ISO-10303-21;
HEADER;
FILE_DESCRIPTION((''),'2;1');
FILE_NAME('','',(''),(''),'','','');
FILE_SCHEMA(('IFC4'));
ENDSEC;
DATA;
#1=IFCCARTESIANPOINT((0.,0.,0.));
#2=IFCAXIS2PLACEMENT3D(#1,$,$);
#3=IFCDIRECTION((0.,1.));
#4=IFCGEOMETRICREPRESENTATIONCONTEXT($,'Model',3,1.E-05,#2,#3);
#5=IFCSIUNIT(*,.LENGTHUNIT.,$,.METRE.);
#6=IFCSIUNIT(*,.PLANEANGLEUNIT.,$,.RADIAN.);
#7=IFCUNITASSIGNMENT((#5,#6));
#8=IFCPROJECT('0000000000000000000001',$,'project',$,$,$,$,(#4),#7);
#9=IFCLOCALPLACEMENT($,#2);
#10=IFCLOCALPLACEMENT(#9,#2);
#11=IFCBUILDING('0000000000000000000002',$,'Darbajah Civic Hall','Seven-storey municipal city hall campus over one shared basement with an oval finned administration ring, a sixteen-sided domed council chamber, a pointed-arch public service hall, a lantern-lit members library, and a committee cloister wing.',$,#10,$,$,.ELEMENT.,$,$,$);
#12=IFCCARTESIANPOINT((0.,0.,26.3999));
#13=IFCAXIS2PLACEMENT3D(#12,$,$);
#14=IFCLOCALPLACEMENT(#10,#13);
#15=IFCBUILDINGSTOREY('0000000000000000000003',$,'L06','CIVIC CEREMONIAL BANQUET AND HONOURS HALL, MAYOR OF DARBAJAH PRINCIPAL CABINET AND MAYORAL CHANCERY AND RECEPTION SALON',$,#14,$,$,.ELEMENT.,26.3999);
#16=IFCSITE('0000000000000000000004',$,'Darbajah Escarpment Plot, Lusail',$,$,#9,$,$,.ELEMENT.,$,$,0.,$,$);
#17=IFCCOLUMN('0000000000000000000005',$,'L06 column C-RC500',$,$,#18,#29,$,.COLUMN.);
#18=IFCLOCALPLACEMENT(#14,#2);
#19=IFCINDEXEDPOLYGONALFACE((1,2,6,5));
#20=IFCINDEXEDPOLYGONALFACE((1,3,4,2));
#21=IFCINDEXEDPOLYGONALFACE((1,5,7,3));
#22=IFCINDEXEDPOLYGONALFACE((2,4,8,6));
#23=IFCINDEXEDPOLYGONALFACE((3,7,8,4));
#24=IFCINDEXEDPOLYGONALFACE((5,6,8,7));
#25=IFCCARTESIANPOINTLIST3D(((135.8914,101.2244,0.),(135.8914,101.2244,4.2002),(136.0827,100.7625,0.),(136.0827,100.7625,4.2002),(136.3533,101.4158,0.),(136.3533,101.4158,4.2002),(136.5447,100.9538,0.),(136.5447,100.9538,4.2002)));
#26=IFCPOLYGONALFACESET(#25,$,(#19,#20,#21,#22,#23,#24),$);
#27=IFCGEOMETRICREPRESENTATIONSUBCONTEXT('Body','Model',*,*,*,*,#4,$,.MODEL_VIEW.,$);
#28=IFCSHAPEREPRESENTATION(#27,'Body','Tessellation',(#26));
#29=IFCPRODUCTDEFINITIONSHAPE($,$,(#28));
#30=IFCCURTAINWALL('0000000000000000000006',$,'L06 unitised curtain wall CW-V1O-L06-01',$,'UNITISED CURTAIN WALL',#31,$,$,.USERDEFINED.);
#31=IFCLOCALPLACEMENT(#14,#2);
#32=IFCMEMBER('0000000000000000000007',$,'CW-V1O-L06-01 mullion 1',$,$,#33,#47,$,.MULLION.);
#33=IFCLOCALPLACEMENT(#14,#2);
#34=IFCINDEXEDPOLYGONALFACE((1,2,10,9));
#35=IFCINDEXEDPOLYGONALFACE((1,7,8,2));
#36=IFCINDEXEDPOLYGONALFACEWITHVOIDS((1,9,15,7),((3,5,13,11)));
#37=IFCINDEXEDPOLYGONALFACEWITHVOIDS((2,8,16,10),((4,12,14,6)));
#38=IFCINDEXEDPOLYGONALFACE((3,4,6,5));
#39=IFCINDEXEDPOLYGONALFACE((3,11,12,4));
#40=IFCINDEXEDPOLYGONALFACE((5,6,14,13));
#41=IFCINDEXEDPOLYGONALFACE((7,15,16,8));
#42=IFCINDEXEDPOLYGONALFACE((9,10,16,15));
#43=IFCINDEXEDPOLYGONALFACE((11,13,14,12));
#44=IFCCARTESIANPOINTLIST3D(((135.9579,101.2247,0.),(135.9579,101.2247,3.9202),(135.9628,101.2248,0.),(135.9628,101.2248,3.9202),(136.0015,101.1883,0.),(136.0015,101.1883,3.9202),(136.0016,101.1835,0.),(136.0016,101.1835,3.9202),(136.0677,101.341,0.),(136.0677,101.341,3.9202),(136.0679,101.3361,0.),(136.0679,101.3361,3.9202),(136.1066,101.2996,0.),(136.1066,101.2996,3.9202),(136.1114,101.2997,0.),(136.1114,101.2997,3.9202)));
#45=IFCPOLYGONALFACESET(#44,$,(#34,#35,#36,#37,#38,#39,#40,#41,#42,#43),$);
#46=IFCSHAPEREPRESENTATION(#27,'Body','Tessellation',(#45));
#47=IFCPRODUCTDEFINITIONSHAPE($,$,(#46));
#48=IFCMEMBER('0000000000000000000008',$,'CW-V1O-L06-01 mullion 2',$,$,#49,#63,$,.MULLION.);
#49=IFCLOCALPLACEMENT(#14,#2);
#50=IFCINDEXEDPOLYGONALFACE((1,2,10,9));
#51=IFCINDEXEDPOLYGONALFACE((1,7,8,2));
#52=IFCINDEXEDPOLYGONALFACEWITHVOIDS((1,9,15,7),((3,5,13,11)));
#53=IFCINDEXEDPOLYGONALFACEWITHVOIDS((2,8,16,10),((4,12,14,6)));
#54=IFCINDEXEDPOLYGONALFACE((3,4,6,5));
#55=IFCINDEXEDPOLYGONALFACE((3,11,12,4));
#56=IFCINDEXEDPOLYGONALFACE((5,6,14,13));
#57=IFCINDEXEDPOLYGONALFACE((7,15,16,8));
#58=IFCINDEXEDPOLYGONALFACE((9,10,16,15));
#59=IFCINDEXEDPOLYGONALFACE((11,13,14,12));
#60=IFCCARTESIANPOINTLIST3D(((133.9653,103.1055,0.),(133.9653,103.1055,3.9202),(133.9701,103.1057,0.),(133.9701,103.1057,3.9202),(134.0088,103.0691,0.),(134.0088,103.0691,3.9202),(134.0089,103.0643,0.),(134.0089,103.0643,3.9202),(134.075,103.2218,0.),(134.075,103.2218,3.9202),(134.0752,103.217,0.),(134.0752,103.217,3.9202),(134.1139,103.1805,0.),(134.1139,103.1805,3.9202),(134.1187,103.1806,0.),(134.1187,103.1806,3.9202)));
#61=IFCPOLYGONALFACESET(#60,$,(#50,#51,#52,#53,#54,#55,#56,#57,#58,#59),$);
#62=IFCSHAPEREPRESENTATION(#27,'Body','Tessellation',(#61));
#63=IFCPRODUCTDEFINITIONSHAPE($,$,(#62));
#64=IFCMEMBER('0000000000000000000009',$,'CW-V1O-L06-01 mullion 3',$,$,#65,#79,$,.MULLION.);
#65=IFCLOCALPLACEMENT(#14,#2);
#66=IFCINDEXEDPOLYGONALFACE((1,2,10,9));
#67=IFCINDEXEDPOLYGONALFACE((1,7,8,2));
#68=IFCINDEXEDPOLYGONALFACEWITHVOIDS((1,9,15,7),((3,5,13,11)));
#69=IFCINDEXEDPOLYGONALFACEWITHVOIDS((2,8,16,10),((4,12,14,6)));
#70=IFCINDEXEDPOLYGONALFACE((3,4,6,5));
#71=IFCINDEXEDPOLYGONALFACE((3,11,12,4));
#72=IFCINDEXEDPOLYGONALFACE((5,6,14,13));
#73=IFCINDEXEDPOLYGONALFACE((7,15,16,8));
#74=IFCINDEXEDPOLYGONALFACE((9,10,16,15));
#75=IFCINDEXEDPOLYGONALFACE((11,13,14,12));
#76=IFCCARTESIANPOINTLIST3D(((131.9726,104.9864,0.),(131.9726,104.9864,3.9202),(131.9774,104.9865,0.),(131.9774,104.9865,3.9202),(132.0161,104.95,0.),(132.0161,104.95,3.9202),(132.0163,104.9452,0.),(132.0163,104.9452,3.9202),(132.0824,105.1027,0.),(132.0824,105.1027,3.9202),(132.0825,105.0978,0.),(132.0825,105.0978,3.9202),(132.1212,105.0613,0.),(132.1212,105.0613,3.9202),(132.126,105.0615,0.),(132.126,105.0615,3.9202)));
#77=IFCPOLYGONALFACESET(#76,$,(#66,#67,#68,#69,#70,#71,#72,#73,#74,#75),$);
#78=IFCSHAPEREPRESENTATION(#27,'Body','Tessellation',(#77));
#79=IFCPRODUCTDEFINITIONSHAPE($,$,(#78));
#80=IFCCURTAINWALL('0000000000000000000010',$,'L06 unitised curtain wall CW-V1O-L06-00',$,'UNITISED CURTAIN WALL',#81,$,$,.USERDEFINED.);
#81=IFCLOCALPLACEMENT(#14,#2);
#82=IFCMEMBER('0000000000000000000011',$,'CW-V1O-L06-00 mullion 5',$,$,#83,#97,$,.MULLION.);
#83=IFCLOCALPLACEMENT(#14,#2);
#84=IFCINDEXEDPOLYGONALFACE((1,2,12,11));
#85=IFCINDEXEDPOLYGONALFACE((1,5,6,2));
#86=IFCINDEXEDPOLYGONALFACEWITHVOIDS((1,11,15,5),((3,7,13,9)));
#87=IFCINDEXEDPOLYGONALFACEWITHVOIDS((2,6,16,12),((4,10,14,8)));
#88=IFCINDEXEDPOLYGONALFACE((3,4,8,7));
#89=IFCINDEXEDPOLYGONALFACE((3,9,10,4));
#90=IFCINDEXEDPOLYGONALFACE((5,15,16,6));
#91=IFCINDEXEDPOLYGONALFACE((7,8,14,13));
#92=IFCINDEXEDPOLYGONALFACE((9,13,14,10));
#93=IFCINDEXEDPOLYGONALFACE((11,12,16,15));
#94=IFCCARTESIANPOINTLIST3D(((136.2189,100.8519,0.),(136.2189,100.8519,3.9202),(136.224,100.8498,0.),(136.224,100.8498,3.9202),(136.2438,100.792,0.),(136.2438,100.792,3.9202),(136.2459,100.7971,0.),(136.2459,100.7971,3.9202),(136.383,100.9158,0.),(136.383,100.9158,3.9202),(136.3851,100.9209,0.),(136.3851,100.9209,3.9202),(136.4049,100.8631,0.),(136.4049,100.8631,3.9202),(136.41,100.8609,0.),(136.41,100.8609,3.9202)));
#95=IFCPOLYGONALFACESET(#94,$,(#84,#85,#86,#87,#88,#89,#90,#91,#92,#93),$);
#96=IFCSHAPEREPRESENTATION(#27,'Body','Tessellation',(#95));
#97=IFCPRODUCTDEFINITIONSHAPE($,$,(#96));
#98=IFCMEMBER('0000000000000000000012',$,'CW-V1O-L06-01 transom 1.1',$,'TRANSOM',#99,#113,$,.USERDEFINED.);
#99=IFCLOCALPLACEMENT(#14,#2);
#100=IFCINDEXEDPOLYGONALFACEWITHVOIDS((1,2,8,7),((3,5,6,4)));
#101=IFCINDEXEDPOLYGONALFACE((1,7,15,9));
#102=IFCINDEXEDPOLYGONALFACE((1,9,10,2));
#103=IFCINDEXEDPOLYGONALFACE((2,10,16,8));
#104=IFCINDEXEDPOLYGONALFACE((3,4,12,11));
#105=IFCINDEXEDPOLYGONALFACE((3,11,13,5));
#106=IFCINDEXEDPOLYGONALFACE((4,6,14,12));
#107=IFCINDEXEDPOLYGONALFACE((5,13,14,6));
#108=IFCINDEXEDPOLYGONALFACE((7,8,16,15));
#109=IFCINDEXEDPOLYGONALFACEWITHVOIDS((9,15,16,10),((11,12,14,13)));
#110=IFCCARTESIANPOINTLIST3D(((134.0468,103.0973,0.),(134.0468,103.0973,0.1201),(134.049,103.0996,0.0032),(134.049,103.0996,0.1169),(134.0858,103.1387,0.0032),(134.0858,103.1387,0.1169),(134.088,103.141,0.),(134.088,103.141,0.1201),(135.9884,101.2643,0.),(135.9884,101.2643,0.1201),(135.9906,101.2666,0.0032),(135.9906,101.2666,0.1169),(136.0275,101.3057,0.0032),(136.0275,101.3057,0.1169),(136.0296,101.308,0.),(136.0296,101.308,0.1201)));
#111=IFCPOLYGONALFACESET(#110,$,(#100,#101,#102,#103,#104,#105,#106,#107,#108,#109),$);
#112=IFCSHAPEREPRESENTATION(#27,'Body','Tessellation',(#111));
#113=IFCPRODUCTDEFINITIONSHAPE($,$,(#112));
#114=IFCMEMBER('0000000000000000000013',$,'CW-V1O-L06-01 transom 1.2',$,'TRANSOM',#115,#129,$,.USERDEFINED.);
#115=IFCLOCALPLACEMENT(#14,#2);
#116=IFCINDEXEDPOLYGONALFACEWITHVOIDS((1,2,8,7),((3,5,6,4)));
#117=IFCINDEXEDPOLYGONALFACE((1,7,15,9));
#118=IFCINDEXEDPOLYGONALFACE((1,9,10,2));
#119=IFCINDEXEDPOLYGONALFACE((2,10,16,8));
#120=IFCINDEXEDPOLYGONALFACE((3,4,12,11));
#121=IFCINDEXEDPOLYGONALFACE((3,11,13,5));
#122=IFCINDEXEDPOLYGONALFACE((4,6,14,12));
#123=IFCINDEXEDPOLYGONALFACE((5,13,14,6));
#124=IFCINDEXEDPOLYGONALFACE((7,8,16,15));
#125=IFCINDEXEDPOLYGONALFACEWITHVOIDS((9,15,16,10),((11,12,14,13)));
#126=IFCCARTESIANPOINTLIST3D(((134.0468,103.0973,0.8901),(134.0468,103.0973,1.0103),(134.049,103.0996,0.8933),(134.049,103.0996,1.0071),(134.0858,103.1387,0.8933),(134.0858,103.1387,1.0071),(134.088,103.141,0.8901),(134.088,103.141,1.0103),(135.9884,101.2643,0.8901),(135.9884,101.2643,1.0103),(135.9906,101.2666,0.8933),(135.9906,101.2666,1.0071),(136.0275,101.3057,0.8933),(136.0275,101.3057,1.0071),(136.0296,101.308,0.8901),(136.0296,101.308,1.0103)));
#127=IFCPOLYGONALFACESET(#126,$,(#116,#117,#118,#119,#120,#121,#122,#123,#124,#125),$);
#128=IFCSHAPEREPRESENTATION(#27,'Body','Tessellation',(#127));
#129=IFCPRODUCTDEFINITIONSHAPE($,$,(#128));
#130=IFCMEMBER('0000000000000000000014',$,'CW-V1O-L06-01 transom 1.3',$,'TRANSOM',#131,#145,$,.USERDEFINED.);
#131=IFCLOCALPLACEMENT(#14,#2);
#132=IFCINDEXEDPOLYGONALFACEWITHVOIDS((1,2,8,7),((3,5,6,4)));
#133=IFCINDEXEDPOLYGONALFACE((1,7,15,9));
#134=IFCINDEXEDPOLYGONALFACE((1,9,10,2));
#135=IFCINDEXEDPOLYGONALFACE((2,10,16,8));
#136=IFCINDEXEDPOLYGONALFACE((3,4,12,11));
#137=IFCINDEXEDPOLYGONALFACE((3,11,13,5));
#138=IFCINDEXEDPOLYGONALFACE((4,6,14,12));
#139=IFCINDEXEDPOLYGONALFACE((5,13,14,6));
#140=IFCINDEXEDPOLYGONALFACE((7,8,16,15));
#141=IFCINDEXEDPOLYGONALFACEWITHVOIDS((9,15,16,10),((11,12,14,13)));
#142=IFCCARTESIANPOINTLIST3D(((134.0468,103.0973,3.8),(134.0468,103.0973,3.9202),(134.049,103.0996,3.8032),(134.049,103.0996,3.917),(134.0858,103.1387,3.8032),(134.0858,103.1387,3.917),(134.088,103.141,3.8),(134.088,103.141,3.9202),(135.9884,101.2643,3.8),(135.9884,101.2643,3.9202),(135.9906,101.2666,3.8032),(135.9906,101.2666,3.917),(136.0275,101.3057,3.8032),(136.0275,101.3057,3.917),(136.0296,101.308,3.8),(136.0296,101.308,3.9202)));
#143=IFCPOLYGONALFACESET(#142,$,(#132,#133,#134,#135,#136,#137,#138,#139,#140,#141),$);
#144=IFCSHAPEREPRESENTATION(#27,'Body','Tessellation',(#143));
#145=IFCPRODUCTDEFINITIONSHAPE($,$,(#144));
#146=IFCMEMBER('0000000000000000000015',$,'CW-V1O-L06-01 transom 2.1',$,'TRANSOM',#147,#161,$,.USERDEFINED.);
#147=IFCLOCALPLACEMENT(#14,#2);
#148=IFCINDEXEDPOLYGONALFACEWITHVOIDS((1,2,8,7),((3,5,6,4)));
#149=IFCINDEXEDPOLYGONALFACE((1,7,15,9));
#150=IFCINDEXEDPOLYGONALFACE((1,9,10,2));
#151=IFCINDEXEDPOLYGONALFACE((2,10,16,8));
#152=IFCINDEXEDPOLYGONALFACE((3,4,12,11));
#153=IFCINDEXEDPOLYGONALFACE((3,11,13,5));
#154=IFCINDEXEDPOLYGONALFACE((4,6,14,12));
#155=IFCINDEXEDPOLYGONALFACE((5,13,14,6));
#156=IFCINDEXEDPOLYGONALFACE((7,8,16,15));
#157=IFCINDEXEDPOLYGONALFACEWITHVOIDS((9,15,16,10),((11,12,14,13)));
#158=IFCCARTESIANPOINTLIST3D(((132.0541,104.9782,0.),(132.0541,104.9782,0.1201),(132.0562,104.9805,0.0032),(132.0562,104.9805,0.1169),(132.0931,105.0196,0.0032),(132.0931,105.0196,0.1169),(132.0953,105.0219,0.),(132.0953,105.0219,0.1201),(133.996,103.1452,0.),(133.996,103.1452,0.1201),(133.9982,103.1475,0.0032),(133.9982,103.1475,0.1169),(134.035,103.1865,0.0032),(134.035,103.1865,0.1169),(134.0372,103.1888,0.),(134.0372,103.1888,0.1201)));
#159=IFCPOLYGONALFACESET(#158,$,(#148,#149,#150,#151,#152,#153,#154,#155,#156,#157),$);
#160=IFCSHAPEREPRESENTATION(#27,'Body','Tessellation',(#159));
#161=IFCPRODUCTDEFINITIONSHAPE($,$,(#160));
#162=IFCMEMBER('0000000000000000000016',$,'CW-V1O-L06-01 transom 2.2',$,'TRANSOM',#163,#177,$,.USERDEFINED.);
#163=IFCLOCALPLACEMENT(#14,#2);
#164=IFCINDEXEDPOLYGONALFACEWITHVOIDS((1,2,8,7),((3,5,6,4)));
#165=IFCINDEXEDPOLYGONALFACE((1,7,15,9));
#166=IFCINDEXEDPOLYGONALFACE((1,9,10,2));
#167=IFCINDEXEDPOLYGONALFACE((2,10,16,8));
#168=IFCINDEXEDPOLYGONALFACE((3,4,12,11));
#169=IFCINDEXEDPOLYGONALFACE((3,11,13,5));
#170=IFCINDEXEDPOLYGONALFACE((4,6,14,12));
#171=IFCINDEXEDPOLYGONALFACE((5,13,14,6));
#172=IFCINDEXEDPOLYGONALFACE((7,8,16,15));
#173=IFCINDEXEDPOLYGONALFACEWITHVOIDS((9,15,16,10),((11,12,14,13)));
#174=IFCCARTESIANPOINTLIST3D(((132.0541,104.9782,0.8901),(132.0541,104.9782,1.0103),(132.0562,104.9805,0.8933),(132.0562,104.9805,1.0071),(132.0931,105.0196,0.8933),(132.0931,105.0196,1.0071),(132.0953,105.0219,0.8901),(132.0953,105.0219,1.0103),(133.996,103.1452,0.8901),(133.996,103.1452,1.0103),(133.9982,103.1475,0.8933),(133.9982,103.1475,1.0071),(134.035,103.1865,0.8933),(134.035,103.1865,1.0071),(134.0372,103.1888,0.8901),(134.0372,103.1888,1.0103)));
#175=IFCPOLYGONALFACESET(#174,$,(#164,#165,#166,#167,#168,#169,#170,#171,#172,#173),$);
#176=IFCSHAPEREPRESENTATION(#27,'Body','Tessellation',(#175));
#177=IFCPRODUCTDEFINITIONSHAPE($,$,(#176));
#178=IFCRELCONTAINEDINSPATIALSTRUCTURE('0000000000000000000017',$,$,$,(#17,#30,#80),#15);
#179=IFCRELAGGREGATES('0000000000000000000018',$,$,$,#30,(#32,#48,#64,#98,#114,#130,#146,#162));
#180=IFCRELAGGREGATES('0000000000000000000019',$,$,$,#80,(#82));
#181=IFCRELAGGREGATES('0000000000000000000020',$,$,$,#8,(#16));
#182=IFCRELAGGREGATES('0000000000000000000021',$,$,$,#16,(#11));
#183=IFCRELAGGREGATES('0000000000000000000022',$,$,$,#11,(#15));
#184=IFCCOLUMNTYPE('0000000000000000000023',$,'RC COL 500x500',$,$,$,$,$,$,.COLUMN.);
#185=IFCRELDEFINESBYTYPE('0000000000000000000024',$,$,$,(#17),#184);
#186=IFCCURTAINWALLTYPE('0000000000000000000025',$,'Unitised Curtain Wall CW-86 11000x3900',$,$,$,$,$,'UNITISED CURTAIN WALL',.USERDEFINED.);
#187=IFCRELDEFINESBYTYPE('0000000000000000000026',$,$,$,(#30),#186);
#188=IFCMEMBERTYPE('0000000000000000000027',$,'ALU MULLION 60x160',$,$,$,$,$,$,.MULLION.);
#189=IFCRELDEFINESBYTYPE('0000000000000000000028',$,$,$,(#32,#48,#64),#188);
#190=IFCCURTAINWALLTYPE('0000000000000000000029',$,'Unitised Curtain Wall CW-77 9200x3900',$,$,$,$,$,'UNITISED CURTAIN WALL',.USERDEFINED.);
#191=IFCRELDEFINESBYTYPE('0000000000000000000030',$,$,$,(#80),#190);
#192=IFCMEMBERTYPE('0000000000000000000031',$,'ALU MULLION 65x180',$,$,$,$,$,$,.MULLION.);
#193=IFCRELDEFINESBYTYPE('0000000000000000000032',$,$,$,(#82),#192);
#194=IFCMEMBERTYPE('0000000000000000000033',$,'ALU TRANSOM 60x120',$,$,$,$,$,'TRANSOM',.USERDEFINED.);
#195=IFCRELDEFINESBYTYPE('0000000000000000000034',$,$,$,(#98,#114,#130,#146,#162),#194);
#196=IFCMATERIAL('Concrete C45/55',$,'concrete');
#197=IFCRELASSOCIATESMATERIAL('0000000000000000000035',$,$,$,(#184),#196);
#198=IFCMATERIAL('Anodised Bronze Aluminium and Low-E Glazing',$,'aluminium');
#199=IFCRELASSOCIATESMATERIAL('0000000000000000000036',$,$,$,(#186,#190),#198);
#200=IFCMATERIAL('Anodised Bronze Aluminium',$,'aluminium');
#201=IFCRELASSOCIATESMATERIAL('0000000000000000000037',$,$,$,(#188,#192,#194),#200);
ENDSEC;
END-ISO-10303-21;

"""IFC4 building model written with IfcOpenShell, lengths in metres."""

from ifc_helpers import new_model, si_unit, direction, frame, origin, origin_2d, place, context, subcontext, project, spatial, rectangle, hollow_rectangle, extrude, material, material_profile, profile_set, type_object, element, aggregate, save


model = new_model("IFC4")

# Units and contexts
model_context = context("Model", 3, precision=1e-05, world=origin(), true_north=direction((0.0, 1.0)))
body_context = subcontext(model_context, "Body", "Model", "MODEL_VIEW")
ifc_project = project(units=[si_unit("LENGTHUNIT", "METRE"), si_unit("PLANEANGLEUNIT", "RADIAN")], contexts=[model_context])

# Site, building, storey
site_placement = place(None, origin())
site = spatial("IfcSite", under=ifc_project, at=site_placement, Name="Darbajah Escarpment Plot, Lusail", CompositionType="ELEMENT", RefElevation=0.0)
building_placement = place(site_placement, origin())
building = spatial("IfcBuilding", under=site, at=building_placement, Name="Darbajah Civic Hall", Description="Seven-storey municipal city hall campus over one shared basement with an oval finned administration ring, a sixteen-sided domed council chamber, a pointed-arch public service hall, a lantern-lit members library, and a committee cloister wing.", CompositionType="ELEMENT")
storey_placement = place(building_placement, frame((0.0, 0.0, 26.3999)))
storey = spatial("IfcBuildingStorey", under=building, at=storey_placement, Name="L06", Description="CIVIC CEREMONIAL BANQUET AND HONOURS HALL, MAYOR OF DARBAJAH PRINCIPAL CABINET AND MAYORAL CHANCERY AND RECEPTION SALON", CompositionType="ELEMENT", Elevation=26.3999)

# Column
ifc_material_1 = material(Name="Concrete C45/55", Category="concrete")
ifc_material_profile_1 = material_profile(ifc_material_1, rectangle(XDim=0.5, YDim=0.5, at=origin_2d()), Name="RC COL 500x500")
ifc_profile_set_1 = profile_set([ifc_material_profile_1], Name="Concrete C45/55")
column_type = type_object("IfcColumnType", Name="RC COL 500x500", PredefinedType="COLUMN", material=ifc_profile_set_1)
column_placement = place(storey_placement, frame((136.218, 101.0891, 0.0), z_axis=(0.0, 0.0, 1.0), x_axis=(0.92388, 0.382683, 0.0)))
element("IfcColumn", 1, at=column_placement, inside=storey, type_object=column_type, Name="L06 column C-RC500", PredefinedType="COLUMN", context=body_context, shape_type="SweptSolid", body=[
    extrude(rectangle(XDim=0.5, YDim=0.5, at=origin_2d()), origin(), (0.0, 0.0, 1.0), 4.2002),
])

# Curtain wall, members
ifc_material_2 = material(Name="Anodised Bronze Aluminium and Low-E Glazing", Category="aluminium")
curtain_wall_type_1 = type_object("IfcCurtainWallType", Name="Unitised Curtain Wall CW-86 11000x3900", ElementType="UNITISED CURTAIN WALL", PredefinedType="USERDEFINED", material=ifc_material_2)
curtain_wall_1_placement = place(storey_placement, origin())
curtain_wall_1 = element("IfcCurtainWall", 2, at=curtain_wall_1_placement, inside=storey, type_object=curtain_wall_type_1, Name="L06 unitised curtain wall CW-V1O-L06-01", ObjectType="UNITISED CURTAIN WALL", PredefinedType="USERDEFINED")
ifc_material_3 = material(Name="Anodised Bronze Aluminium", Category="aluminium")
ifc_material_profile_2 = material_profile(ifc_material_3, hollow_rectangle(XDim=0.0601, YDim=0.1599, WallThickness=0.0034, at=origin_2d()), Name="ALU MULLION 60x160")
ifc_profile_set_2 = profile_set([ifc_material_profile_2], Name="Anodised Bronze Aluminium")
member_type_1 = type_object("IfcMemberType", Name="ALU MULLION 60x160", PredefinedType="MULLION", material=ifc_profile_set_2)
member_1_placement = place(storey_placement, frame((136.0347, 101.2622, 0.0), z_axis=(0.0, 0.0, 1.0), x_axis=(-0.727174, 0.686453, 0.0)))
member_1 = element("IfcMember", 3, at=member_1_placement, type_object=member_type_1, Name="CW-V1O-L06-01 mullion 1", PredefinedType="MULLION", context=body_context, shape_type="SweptSolid", body=[
    extrude(hollow_rectangle(XDim=0.0601, YDim=0.1599, WallThickness=0.0034, at=origin_2d()), origin(), (0.0, 0.0, 1.0), 3.9202),
])
member_2_placement = place(storey_placement, frame((134.042, 103.1431, 0.0), z_axis=(0.0, 0.0, 1.0), x_axis=(-0.727174, 0.686453, 0.0)))
member_2 = element("IfcMember", 4, at=member_2_placement, type_object=member_type_1, Name="CW-V1O-L06-01 mullion 2", PredefinedType="MULLION", context=body_context, shape_type="SweptSolid", body=[
    extrude(hollow_rectangle(XDim=0.0601, YDim=0.1599, WallThickness=0.0034, at=origin_2d()), origin(), (0.0, 0.0, 1.0), 3.9202),
])
member_3_placement = place(storey_placement, frame((132.0493, 105.0239, 0.0), z_axis=(0.0, 0.0, 1.0), x_axis=(-0.727174, 0.686453, 0.0)))
member_3 = element("IfcMember", 5, at=member_3_placement, type_object=member_type_1, Name="CW-V1O-L06-01 mullion 3", PredefinedType="MULLION", context=body_context, shape_type="SweptSolid", body=[
    extrude(hollow_rectangle(XDim=0.0601, YDim=0.1599, WallThickness=0.0034, at=origin_2d()), origin(), (0.0, 0.0, 1.0), 3.9202),
])

# Curtain wall, member
curtain_wall_type_2 = type_object("IfcCurtainWallType", Name="Unitised Curtain Wall CW-77 9200x3900", ElementType="UNITISED CURTAIN WALL", PredefinedType="USERDEFINED", material=ifc_material_2)
curtain_wall_2_placement = place(storey_placement, origin())
curtain_wall_2 = element("IfcCurtainWall", 6, at=curtain_wall_2_placement, inside=storey, type_object=curtain_wall_type_2, Name="L06 unitised curtain wall CW-V1O-L06-00", ObjectType="UNITISED CURTAIN WALL", PredefinedType="USERDEFINED")
ifc_material_profile_3 = material_profile(ifc_material_3, hollow_rectangle(XDim=0.0649, YDim=0.1799, WallThickness=0.0039, at=origin_2d()), Name="ALU MULLION 65x180")
ifc_profile_set_3 = profile_set([ifc_material_profile_3], Name="Anodised Bronze Aluminium")
member_type_2 = type_object("IfcMemberType", Name="ALU MULLION 65x180", PredefinedType="MULLION", material=ifc_profile_set_3)
member_4_placement = place(storey_placement, frame((136.3145, 100.8564, 0.0), z_axis=(0.0, 0.0, 1.0), x_axis=(-0.383328, 0.923612, 0.0)))
member_4 = element("IfcMember", 7, at=member_4_placement, type_object=member_type_2, Name="CW-V1O-L06-00 mullion 5", PredefinedType="MULLION", context=body_context, shape_type="SweptSolid", body=[
    extrude(hollow_rectangle(XDim=0.0649, YDim=0.1799, WallThickness=0.0039, at=origin_2d()), origin(), (0.0, 0.0, 1.0), 3.9202),
])

# Members
ifc_material_profile_4 = material_profile(ifc_material_3, hollow_rectangle(XDim=0.0601, YDim=0.1201, WallThickness=0.0032, at=origin_2d()), Name="ALU TRANSOM 60x120")
ifc_profile_set_4 = profile_set([ifc_material_profile_4], Name="Anodised Bronze Aluminium")
member_type_3 = type_object("IfcMemberType", Name="ALU TRANSOM 60x120", ElementType="TRANSOM", PredefinedType="USERDEFINED", material=ifc_profile_set_4)
member_5_placement = place(storey_placement, frame((136.009, 101.2861, 0.0601), z_axis=(-0.727158, 0.68647, 0.0), x_axis=(-0.68647, -0.727158, 0.0)))
member_5 = element("IfcMember", 8, at=member_5_placement, type_object=member_type_3, Name="CW-V1O-L06-01 transom 1.1", ObjectType="TRANSOM", PredefinedType="USERDEFINED", context=body_context, shape_type="SweptSolid", body=[
    extrude(hollow_rectangle(XDim=0.0601, YDim=0.1201, WallThickness=0.0032, at=origin_2d()), origin(), (0.0, 0.0, 1.0), 2.6702),
])
member_6_placement = place(storey_placement, frame((136.009, 101.2861, 0.9502), z_axis=(-0.727158, 0.68647, 0.0), x_axis=(-0.68647, -0.727158, 0.0)))
member_6 = element("IfcMember", 9, at=member_6_placement, type_object=member_type_3, Name="CW-V1O-L06-01 transom 1.2", ObjectType="TRANSOM", PredefinedType="USERDEFINED", context=body_context, shape_type="SweptSolid", body=[
    extrude(hollow_rectangle(XDim=0.0601, YDim=0.1201, WallThickness=0.0032, at=origin_2d()), origin(), (0.0, 0.0, 1.0), 2.6702),
])
member_7_placement = place(storey_placement, frame((136.009, 101.2861, 3.8601), z_axis=(-0.727158, 0.68647, 0.0), x_axis=(-0.68647, -0.727158, 0.0)))
member_7 = element("IfcMember", 10, at=member_7_placement, type_object=member_type_3, Name="CW-V1O-L06-01 transom 1.3", ObjectType="TRANSOM", PredefinedType="USERDEFINED", context=body_context, shape_type="SweptSolid", body=[
    extrude(hollow_rectangle(XDim=0.0601, YDim=0.1201, WallThickness=0.0032, at=origin_2d()), origin(), (0.0, 0.0, 1.0), 2.6702),
])
member_8_placement = place(storey_placement, frame((134.0166, 103.167, 0.0601), z_axis=(-0.727201, 0.686425, 0.0), x_axis=(-0.686425, -0.727201, 0.0)))
member_8 = element("IfcMember", 11, at=member_8_placement, type_object=member_type_3, Name="CW-V1O-L06-01 transom 2.1", ObjectType="TRANSOM", PredefinedType="USERDEFINED", context=body_context, shape_type="SweptSolid", body=[
    extrude(hollow_rectangle(XDim=0.0601, YDim=0.1201, WallThickness=0.0032, at=origin_2d()), origin(), (0.0, 0.0, 1.0), 2.6704),
])
member_9_placement = place(storey_placement, frame((134.0166, 103.167, 0.9502), z_axis=(-0.727201, 0.686425, 0.0), x_axis=(-0.686425, -0.727201, 0.0)))
member_9 = element("IfcMember", 12, at=member_9_placement, type_object=member_type_3, Name="CW-V1O-L06-01 transom 2.2", ObjectType="TRANSOM", PredefinedType="USERDEFINED", context=body_context, shape_type="SweptSolid", body=[
    extrude(hollow_rectangle(XDim=0.0601, YDim=0.1201, WallThickness=0.0032, at=origin_2d()), origin(), (0.0, 0.0, 1.0), 2.6704),
])

aggregate(curtain_wall_1, [member_1, member_2, member_3, member_5, member_6, member_7, member_8, member_9])
aggregate(curtain_wall_2, [member_4])

save(model, "model.ifc")
